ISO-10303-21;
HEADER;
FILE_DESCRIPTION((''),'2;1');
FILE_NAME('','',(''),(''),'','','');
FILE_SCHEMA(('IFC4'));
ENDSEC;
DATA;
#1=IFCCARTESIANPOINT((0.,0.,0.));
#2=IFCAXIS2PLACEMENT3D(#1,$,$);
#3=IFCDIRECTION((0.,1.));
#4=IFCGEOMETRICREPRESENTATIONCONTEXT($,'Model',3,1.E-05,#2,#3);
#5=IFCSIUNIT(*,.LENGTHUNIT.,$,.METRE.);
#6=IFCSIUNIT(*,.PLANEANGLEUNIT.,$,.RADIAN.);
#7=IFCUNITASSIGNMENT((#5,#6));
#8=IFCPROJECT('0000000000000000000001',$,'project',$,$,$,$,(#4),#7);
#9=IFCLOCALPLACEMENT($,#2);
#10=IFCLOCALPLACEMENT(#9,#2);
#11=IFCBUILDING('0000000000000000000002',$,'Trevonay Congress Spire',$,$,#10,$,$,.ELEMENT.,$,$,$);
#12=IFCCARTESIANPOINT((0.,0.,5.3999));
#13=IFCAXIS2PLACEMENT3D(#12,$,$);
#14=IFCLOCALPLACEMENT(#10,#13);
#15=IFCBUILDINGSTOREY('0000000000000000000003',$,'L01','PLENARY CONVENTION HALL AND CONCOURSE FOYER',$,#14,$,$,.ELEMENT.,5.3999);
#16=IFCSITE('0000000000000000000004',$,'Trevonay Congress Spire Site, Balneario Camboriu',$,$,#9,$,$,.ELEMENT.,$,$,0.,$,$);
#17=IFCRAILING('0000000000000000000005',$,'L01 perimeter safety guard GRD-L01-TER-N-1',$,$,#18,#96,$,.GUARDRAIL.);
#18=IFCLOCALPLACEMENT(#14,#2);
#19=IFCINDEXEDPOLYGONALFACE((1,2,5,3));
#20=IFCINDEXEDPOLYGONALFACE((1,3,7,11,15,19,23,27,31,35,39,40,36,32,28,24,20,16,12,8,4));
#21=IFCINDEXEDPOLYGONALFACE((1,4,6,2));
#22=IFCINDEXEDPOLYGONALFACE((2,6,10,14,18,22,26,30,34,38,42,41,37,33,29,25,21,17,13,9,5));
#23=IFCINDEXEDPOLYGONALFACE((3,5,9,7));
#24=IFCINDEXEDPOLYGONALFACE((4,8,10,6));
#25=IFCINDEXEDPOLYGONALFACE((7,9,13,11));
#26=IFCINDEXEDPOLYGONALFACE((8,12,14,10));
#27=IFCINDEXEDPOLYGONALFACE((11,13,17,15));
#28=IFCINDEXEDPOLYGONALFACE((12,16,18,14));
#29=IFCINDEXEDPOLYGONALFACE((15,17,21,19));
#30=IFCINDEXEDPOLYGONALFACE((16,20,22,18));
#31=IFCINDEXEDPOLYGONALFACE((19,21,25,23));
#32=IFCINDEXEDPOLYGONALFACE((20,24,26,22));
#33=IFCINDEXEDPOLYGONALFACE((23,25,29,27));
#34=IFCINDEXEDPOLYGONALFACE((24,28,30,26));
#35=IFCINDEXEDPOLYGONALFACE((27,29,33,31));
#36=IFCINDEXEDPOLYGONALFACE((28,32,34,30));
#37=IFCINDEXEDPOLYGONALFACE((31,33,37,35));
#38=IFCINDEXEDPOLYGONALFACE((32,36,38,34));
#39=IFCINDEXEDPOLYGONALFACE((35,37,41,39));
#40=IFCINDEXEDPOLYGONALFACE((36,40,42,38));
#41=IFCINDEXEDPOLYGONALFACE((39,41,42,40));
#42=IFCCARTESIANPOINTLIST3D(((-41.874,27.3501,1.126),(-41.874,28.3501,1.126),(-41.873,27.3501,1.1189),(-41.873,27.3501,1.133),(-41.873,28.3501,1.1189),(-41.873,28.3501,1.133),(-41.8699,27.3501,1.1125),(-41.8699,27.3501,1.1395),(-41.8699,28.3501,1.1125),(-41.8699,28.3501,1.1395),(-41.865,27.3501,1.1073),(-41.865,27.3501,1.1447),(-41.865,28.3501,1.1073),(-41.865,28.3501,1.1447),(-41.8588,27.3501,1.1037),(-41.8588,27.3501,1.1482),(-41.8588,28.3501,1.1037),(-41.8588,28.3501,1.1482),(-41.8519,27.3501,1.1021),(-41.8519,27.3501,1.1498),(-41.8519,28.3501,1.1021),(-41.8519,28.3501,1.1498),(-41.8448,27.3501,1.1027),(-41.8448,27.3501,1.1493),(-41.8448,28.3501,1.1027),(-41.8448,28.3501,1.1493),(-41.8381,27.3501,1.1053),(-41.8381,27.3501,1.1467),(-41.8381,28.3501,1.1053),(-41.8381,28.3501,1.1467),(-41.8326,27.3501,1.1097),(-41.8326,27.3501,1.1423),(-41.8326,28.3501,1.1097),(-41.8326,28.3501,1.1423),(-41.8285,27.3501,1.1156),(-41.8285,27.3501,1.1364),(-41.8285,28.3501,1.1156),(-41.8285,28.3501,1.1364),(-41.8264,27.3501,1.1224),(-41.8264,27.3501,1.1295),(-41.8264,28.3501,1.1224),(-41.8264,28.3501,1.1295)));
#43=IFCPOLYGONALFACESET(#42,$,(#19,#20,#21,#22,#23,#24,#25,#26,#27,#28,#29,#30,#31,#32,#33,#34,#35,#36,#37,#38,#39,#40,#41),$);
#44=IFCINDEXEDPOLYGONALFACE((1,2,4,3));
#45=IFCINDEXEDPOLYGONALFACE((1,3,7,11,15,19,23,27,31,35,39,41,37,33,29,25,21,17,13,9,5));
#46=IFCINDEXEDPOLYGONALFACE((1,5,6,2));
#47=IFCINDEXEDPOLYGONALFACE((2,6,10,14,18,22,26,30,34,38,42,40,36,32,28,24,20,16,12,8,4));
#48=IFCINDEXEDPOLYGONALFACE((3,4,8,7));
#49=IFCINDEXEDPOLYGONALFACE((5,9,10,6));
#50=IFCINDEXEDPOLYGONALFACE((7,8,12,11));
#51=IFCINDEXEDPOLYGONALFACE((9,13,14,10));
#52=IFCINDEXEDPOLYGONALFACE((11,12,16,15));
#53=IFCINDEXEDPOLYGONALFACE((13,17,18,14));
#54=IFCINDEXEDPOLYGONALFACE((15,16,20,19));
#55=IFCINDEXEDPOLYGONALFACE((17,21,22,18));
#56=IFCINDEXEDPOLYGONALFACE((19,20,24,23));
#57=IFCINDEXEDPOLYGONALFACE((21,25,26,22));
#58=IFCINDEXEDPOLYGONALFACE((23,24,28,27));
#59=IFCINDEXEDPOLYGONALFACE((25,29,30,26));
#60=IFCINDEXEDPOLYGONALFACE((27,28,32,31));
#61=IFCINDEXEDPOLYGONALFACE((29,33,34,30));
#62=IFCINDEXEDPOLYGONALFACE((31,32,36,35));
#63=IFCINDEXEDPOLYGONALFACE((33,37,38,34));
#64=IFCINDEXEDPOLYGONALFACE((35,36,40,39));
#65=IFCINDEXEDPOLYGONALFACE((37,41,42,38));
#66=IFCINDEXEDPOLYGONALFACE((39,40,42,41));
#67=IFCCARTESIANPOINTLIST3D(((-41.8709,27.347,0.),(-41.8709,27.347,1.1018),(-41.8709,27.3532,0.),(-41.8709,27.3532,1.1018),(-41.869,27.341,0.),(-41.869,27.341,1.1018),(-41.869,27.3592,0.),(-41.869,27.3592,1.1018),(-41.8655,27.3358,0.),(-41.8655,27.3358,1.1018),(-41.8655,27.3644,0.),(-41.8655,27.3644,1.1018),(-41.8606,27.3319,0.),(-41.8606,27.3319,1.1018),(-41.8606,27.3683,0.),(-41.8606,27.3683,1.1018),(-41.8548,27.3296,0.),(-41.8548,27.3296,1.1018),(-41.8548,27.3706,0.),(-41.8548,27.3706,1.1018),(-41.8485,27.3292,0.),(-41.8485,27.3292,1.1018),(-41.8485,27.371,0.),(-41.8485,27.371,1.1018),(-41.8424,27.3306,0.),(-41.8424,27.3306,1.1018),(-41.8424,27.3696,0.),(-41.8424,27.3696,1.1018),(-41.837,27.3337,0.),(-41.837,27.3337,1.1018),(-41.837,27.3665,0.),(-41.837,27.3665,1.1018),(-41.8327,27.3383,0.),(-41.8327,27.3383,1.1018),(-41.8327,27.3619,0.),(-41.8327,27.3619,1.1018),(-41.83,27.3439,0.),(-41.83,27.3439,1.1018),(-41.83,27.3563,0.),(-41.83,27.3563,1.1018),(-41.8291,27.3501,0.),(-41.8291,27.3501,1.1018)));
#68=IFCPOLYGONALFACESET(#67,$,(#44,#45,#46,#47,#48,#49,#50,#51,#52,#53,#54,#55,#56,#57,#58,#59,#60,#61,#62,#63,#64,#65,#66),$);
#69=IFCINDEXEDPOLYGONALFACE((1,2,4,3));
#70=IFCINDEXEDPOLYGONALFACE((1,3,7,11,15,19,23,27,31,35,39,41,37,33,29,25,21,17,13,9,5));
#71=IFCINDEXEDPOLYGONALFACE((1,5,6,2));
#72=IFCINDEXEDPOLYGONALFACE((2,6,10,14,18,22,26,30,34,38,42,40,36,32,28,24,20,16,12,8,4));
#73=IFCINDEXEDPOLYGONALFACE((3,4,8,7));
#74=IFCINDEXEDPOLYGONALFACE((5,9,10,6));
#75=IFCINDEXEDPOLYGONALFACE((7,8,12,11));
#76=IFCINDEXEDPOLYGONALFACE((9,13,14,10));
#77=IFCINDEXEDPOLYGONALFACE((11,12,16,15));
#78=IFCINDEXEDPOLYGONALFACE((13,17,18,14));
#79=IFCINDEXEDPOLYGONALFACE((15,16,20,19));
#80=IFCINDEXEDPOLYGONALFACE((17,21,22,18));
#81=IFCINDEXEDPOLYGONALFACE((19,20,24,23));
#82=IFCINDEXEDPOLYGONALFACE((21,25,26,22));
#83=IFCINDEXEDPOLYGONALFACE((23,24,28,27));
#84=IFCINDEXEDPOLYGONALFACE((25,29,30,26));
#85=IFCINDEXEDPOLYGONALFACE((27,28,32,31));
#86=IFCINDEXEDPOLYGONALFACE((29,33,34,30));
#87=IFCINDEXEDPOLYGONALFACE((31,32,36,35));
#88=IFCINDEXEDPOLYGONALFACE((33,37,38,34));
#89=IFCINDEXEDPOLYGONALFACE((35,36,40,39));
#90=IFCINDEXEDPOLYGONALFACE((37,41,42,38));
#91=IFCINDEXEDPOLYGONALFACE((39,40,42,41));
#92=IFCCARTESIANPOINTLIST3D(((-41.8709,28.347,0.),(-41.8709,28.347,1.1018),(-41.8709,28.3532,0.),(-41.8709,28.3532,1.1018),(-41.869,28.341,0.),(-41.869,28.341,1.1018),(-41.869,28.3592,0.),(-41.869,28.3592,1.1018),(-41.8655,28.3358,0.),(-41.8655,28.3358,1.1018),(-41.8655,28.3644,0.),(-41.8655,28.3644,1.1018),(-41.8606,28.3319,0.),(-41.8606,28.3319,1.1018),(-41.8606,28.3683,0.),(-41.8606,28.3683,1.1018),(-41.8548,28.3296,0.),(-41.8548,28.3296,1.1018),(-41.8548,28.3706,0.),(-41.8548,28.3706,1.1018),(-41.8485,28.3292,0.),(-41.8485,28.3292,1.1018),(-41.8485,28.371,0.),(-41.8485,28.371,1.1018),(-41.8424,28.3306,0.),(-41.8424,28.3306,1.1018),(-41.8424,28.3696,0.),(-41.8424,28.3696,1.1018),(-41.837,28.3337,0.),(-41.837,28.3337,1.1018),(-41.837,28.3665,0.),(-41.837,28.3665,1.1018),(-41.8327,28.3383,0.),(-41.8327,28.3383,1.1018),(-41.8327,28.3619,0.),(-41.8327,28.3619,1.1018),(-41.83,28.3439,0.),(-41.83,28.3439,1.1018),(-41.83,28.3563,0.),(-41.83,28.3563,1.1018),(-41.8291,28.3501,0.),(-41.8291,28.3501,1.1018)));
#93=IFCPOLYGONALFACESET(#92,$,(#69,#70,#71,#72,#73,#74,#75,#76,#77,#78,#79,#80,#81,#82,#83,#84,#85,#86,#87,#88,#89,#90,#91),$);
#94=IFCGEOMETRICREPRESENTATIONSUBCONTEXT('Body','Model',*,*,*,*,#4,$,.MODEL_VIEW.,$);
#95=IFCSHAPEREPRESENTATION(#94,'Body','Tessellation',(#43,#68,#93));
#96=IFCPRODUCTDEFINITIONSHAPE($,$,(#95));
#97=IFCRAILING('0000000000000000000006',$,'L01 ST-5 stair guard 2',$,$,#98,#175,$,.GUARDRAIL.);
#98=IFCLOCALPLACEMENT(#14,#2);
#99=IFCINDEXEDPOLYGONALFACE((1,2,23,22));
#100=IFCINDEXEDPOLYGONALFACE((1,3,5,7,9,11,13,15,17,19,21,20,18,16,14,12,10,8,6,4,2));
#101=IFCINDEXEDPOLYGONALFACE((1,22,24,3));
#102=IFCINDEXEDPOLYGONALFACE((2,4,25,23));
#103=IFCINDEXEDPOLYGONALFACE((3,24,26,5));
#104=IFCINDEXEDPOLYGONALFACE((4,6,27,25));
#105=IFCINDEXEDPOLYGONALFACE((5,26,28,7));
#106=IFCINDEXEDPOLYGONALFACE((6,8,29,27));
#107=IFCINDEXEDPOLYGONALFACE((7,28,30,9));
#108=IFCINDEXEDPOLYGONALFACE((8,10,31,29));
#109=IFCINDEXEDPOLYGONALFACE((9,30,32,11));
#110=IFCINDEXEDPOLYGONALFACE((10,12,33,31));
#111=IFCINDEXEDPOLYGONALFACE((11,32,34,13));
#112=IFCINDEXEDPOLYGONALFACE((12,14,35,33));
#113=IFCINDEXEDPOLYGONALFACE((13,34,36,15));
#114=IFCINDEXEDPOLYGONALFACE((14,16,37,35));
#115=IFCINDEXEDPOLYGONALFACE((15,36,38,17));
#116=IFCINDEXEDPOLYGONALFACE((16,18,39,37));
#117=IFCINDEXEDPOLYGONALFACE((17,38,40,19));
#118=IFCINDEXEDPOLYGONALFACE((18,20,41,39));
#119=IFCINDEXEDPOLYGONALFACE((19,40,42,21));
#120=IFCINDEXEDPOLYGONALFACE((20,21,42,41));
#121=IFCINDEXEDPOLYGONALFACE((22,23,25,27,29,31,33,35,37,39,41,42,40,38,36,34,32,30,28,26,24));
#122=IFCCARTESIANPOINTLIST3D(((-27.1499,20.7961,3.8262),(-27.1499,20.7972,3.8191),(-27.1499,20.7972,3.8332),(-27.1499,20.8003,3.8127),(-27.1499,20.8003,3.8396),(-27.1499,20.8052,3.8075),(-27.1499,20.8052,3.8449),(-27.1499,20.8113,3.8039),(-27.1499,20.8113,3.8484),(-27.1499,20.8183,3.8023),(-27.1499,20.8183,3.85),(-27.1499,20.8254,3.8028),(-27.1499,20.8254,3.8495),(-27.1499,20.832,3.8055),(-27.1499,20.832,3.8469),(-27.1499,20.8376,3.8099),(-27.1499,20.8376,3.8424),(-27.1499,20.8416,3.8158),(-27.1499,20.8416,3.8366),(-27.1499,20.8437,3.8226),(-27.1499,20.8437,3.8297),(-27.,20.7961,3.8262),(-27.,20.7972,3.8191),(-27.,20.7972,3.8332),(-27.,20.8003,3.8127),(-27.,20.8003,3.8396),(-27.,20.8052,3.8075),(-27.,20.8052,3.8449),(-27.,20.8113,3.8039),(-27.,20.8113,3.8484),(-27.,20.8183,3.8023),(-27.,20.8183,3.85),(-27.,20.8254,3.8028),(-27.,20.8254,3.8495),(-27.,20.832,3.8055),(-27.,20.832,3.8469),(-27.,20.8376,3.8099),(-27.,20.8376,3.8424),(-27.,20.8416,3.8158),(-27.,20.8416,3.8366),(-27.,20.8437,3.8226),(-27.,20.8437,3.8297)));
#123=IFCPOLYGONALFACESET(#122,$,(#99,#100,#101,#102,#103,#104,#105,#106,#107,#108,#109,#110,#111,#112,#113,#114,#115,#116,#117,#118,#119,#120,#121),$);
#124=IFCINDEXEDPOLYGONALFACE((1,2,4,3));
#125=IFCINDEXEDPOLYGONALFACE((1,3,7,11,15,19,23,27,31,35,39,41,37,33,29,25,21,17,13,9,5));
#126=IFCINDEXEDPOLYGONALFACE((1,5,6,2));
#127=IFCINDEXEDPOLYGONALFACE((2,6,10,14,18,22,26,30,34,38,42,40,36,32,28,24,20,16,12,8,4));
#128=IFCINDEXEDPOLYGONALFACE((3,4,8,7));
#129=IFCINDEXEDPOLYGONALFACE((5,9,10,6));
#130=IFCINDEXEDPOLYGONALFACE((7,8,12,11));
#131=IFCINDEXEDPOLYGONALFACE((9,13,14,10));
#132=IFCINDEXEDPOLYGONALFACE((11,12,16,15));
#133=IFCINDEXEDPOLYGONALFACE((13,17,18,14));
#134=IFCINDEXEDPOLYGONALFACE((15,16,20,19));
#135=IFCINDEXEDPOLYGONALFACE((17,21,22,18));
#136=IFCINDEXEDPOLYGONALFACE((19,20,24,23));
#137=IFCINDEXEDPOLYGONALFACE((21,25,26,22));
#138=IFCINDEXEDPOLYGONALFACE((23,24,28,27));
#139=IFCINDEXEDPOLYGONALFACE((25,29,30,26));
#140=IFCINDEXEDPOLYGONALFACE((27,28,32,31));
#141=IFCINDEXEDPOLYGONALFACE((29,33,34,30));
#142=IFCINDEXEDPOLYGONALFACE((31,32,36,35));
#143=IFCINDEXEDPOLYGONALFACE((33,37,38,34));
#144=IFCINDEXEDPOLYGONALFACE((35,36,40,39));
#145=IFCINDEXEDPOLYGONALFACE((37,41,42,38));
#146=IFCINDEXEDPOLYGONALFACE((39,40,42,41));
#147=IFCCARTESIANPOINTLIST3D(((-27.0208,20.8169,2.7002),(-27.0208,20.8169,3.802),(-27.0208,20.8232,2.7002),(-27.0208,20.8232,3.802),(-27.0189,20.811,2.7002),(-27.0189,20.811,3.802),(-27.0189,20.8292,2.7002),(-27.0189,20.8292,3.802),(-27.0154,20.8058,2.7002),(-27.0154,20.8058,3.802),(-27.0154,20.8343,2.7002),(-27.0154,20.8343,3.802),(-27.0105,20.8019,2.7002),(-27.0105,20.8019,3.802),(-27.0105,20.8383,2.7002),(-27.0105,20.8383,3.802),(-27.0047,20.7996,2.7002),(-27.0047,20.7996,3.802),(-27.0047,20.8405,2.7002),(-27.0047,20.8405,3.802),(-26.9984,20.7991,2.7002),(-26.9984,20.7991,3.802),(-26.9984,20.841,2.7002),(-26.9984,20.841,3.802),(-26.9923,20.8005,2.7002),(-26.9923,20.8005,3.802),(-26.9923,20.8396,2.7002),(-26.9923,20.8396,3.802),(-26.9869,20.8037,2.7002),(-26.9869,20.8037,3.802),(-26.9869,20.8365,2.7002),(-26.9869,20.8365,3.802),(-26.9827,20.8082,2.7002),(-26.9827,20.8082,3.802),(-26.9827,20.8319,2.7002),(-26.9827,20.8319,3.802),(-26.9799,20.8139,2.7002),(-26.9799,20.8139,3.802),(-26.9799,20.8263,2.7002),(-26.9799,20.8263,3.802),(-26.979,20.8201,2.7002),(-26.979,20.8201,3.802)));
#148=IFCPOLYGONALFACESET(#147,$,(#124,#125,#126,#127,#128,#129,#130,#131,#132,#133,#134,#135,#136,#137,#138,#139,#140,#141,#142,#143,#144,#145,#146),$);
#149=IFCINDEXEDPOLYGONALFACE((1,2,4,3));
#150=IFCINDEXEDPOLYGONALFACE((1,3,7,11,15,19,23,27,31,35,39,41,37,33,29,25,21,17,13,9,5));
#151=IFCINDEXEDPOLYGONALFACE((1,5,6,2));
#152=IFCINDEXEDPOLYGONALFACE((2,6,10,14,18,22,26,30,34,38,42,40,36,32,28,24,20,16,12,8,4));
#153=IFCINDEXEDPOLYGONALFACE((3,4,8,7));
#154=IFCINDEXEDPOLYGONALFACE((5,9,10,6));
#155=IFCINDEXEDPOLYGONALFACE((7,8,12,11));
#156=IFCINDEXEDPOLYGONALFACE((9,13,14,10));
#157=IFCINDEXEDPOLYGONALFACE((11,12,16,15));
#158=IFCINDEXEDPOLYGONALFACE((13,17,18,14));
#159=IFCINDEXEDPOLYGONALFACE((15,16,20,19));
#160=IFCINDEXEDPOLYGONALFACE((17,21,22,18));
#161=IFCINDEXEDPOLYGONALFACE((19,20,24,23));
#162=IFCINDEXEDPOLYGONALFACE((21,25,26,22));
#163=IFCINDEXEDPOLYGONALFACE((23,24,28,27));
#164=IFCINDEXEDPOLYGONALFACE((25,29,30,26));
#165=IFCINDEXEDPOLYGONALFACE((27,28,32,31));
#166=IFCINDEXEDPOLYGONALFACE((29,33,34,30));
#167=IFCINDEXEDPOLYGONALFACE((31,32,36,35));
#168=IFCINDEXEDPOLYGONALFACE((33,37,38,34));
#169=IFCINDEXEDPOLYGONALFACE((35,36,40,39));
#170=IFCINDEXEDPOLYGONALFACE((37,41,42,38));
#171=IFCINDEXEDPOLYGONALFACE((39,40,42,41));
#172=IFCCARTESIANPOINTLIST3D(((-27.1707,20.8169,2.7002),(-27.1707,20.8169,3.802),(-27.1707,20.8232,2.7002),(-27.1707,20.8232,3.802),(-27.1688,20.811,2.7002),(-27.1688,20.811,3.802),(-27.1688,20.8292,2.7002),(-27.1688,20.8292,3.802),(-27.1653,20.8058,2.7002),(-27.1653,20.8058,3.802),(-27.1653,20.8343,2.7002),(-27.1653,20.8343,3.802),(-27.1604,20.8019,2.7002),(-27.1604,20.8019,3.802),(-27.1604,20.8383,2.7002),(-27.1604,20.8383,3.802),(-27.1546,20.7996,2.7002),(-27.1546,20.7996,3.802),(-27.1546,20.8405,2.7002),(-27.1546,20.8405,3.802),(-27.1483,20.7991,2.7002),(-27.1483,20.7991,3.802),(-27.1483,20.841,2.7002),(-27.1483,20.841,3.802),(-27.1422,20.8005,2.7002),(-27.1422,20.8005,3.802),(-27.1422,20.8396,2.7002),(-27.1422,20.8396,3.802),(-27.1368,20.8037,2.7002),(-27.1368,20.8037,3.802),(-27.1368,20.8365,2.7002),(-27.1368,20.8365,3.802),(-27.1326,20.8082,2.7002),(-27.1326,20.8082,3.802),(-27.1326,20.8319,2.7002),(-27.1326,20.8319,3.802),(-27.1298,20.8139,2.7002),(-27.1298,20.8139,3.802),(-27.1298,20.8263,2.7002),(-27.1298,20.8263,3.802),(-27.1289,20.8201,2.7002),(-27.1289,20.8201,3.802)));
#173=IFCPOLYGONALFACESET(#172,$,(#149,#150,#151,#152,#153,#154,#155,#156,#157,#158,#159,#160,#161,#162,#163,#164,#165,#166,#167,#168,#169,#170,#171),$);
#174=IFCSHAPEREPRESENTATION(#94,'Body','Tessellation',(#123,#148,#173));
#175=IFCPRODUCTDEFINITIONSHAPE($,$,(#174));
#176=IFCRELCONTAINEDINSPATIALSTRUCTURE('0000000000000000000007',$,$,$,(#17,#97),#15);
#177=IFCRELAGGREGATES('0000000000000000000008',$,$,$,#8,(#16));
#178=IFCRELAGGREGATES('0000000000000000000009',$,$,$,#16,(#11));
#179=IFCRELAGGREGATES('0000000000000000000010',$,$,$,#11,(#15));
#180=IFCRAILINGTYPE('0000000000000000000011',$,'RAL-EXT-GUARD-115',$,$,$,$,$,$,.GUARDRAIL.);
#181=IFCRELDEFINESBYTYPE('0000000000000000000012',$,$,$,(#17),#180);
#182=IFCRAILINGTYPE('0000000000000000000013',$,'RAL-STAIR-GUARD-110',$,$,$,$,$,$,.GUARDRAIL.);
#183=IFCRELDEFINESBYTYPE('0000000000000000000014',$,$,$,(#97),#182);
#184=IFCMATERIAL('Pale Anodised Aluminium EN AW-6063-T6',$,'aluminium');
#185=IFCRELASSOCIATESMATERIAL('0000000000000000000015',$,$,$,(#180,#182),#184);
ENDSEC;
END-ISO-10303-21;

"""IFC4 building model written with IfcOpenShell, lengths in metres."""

from ifc_helpers import new_model, si_unit, direction, frame, origin, origin_2d, place, context, subcontext, project, spatial, circle, extrude, material, type_object, element, save


model = new_model("IFC4")

# Units and contexts
model_context = context("Model", 3, precision=1e-05, world=origin(), true_north=direction((0.0, 1.0)))
body_context = subcontext(model_context, "Body", "Model", "MODEL_VIEW")
ifc_project = project(units=[si_unit("LENGTHUNIT", "METRE"), si_unit("PLANEANGLEUNIT", "RADIAN")], contexts=[model_context])

# Site, building, storey
site_placement = place(None, origin())
site = spatial("IfcSite", under=ifc_project, at=site_placement, Name="Trevonay Congress Spire Site, Balneario Camboriu", CompositionType="ELEMENT", RefElevation=0.0)
building_placement = place(site_placement, origin())
building = spatial("IfcBuilding", under=site, at=building_placement, Name="Trevonay Congress Spire", CompositionType="ELEMENT")
storey_placement = place(building_placement, frame((0.0, 0.0, 5.3999)))
storey = spatial("IfcBuildingStorey", under=building, at=storey_placement, Name="L01", Description="PLENARY CONVENTION HALL AND CONCOURSE FOYER", CompositionType="ELEMENT", Elevation=5.3999)

# Shared definitions
ifc_material_1 = material(Name="Pale Anodised Aluminium EN AW-6063-T6", Category="aluminium")

# Railings
railing_type_1 = type_object("IfcRailingType", Name="RAL-EXT-GUARD-115", PredefinedType="GUARDRAIL", material=ifc_material_1)
railing_1_placement = place(storey_placement, frame((-41.8501, 27.3501, 0.0)))
element("IfcRailing", 1, at=railing_1_placement, inside=storey, type_object=railing_type_1, Name="L01 perimeter safety guard GRD-L01-TER-N-1", PredefinedType="GUARDRAIL", context=body_context, shape_type="SweptSolid", body=[
    extrude(circle(Radius=0.0239, at=origin_2d()), frame((0.0, 0.0, 1.126), z_axis=(0.0, 1.0, 0.0), x_axis=(-1.0, 0.0, 0.0)), (0.0, 0.0, 1.0), 1.0),
    extrude(circle(Radius=0.021, at=origin_2d()), origin(), (0.0, 0.0, 1.0), 1.1018),
    extrude(circle(Radius=0.021, at=origin_2d()), frame((0.0, 1.0, 0.0)), (0.0, 0.0, 1.0), 1.1018),
])
railing_type_2 = type_object("IfcRailingType", Name="RAL-STAIR-GUARD-110", PredefinedType="GUARDRAIL", material=ifc_material_1)
railing_2_placement = place(storey_placement, frame((-27.0, 20.8201, 2.7002)))
element("IfcRailing", 2, at=railing_2_placement, inside=storey, type_object=railing_type_2, Name="L01 ST-5 stair guard 2", PredefinedType="GUARDRAIL", context=body_context, shape_type="SweptSolid", body=[
    extrude(circle(Radius=0.0239, at=origin_2d()), frame((0.0, 0.0, 1.126), z_axis=(-1.0, 0.0, 0.0), x_axis=(0.0, -1.0, 0.0)), (0.0, 0.0, 1.0), 0.1499),
    extrude(circle(Radius=0.021, at=origin_2d()), origin(), (0.0, 0.0, 1.0), 1.1018),
    extrude(circle(Radius=0.021, at=origin_2d()), frame((-0.1499, 0.0, 0.0)), (0.0, 0.0, 1.0), 1.1018),
])

save(model, "model.ifc")
